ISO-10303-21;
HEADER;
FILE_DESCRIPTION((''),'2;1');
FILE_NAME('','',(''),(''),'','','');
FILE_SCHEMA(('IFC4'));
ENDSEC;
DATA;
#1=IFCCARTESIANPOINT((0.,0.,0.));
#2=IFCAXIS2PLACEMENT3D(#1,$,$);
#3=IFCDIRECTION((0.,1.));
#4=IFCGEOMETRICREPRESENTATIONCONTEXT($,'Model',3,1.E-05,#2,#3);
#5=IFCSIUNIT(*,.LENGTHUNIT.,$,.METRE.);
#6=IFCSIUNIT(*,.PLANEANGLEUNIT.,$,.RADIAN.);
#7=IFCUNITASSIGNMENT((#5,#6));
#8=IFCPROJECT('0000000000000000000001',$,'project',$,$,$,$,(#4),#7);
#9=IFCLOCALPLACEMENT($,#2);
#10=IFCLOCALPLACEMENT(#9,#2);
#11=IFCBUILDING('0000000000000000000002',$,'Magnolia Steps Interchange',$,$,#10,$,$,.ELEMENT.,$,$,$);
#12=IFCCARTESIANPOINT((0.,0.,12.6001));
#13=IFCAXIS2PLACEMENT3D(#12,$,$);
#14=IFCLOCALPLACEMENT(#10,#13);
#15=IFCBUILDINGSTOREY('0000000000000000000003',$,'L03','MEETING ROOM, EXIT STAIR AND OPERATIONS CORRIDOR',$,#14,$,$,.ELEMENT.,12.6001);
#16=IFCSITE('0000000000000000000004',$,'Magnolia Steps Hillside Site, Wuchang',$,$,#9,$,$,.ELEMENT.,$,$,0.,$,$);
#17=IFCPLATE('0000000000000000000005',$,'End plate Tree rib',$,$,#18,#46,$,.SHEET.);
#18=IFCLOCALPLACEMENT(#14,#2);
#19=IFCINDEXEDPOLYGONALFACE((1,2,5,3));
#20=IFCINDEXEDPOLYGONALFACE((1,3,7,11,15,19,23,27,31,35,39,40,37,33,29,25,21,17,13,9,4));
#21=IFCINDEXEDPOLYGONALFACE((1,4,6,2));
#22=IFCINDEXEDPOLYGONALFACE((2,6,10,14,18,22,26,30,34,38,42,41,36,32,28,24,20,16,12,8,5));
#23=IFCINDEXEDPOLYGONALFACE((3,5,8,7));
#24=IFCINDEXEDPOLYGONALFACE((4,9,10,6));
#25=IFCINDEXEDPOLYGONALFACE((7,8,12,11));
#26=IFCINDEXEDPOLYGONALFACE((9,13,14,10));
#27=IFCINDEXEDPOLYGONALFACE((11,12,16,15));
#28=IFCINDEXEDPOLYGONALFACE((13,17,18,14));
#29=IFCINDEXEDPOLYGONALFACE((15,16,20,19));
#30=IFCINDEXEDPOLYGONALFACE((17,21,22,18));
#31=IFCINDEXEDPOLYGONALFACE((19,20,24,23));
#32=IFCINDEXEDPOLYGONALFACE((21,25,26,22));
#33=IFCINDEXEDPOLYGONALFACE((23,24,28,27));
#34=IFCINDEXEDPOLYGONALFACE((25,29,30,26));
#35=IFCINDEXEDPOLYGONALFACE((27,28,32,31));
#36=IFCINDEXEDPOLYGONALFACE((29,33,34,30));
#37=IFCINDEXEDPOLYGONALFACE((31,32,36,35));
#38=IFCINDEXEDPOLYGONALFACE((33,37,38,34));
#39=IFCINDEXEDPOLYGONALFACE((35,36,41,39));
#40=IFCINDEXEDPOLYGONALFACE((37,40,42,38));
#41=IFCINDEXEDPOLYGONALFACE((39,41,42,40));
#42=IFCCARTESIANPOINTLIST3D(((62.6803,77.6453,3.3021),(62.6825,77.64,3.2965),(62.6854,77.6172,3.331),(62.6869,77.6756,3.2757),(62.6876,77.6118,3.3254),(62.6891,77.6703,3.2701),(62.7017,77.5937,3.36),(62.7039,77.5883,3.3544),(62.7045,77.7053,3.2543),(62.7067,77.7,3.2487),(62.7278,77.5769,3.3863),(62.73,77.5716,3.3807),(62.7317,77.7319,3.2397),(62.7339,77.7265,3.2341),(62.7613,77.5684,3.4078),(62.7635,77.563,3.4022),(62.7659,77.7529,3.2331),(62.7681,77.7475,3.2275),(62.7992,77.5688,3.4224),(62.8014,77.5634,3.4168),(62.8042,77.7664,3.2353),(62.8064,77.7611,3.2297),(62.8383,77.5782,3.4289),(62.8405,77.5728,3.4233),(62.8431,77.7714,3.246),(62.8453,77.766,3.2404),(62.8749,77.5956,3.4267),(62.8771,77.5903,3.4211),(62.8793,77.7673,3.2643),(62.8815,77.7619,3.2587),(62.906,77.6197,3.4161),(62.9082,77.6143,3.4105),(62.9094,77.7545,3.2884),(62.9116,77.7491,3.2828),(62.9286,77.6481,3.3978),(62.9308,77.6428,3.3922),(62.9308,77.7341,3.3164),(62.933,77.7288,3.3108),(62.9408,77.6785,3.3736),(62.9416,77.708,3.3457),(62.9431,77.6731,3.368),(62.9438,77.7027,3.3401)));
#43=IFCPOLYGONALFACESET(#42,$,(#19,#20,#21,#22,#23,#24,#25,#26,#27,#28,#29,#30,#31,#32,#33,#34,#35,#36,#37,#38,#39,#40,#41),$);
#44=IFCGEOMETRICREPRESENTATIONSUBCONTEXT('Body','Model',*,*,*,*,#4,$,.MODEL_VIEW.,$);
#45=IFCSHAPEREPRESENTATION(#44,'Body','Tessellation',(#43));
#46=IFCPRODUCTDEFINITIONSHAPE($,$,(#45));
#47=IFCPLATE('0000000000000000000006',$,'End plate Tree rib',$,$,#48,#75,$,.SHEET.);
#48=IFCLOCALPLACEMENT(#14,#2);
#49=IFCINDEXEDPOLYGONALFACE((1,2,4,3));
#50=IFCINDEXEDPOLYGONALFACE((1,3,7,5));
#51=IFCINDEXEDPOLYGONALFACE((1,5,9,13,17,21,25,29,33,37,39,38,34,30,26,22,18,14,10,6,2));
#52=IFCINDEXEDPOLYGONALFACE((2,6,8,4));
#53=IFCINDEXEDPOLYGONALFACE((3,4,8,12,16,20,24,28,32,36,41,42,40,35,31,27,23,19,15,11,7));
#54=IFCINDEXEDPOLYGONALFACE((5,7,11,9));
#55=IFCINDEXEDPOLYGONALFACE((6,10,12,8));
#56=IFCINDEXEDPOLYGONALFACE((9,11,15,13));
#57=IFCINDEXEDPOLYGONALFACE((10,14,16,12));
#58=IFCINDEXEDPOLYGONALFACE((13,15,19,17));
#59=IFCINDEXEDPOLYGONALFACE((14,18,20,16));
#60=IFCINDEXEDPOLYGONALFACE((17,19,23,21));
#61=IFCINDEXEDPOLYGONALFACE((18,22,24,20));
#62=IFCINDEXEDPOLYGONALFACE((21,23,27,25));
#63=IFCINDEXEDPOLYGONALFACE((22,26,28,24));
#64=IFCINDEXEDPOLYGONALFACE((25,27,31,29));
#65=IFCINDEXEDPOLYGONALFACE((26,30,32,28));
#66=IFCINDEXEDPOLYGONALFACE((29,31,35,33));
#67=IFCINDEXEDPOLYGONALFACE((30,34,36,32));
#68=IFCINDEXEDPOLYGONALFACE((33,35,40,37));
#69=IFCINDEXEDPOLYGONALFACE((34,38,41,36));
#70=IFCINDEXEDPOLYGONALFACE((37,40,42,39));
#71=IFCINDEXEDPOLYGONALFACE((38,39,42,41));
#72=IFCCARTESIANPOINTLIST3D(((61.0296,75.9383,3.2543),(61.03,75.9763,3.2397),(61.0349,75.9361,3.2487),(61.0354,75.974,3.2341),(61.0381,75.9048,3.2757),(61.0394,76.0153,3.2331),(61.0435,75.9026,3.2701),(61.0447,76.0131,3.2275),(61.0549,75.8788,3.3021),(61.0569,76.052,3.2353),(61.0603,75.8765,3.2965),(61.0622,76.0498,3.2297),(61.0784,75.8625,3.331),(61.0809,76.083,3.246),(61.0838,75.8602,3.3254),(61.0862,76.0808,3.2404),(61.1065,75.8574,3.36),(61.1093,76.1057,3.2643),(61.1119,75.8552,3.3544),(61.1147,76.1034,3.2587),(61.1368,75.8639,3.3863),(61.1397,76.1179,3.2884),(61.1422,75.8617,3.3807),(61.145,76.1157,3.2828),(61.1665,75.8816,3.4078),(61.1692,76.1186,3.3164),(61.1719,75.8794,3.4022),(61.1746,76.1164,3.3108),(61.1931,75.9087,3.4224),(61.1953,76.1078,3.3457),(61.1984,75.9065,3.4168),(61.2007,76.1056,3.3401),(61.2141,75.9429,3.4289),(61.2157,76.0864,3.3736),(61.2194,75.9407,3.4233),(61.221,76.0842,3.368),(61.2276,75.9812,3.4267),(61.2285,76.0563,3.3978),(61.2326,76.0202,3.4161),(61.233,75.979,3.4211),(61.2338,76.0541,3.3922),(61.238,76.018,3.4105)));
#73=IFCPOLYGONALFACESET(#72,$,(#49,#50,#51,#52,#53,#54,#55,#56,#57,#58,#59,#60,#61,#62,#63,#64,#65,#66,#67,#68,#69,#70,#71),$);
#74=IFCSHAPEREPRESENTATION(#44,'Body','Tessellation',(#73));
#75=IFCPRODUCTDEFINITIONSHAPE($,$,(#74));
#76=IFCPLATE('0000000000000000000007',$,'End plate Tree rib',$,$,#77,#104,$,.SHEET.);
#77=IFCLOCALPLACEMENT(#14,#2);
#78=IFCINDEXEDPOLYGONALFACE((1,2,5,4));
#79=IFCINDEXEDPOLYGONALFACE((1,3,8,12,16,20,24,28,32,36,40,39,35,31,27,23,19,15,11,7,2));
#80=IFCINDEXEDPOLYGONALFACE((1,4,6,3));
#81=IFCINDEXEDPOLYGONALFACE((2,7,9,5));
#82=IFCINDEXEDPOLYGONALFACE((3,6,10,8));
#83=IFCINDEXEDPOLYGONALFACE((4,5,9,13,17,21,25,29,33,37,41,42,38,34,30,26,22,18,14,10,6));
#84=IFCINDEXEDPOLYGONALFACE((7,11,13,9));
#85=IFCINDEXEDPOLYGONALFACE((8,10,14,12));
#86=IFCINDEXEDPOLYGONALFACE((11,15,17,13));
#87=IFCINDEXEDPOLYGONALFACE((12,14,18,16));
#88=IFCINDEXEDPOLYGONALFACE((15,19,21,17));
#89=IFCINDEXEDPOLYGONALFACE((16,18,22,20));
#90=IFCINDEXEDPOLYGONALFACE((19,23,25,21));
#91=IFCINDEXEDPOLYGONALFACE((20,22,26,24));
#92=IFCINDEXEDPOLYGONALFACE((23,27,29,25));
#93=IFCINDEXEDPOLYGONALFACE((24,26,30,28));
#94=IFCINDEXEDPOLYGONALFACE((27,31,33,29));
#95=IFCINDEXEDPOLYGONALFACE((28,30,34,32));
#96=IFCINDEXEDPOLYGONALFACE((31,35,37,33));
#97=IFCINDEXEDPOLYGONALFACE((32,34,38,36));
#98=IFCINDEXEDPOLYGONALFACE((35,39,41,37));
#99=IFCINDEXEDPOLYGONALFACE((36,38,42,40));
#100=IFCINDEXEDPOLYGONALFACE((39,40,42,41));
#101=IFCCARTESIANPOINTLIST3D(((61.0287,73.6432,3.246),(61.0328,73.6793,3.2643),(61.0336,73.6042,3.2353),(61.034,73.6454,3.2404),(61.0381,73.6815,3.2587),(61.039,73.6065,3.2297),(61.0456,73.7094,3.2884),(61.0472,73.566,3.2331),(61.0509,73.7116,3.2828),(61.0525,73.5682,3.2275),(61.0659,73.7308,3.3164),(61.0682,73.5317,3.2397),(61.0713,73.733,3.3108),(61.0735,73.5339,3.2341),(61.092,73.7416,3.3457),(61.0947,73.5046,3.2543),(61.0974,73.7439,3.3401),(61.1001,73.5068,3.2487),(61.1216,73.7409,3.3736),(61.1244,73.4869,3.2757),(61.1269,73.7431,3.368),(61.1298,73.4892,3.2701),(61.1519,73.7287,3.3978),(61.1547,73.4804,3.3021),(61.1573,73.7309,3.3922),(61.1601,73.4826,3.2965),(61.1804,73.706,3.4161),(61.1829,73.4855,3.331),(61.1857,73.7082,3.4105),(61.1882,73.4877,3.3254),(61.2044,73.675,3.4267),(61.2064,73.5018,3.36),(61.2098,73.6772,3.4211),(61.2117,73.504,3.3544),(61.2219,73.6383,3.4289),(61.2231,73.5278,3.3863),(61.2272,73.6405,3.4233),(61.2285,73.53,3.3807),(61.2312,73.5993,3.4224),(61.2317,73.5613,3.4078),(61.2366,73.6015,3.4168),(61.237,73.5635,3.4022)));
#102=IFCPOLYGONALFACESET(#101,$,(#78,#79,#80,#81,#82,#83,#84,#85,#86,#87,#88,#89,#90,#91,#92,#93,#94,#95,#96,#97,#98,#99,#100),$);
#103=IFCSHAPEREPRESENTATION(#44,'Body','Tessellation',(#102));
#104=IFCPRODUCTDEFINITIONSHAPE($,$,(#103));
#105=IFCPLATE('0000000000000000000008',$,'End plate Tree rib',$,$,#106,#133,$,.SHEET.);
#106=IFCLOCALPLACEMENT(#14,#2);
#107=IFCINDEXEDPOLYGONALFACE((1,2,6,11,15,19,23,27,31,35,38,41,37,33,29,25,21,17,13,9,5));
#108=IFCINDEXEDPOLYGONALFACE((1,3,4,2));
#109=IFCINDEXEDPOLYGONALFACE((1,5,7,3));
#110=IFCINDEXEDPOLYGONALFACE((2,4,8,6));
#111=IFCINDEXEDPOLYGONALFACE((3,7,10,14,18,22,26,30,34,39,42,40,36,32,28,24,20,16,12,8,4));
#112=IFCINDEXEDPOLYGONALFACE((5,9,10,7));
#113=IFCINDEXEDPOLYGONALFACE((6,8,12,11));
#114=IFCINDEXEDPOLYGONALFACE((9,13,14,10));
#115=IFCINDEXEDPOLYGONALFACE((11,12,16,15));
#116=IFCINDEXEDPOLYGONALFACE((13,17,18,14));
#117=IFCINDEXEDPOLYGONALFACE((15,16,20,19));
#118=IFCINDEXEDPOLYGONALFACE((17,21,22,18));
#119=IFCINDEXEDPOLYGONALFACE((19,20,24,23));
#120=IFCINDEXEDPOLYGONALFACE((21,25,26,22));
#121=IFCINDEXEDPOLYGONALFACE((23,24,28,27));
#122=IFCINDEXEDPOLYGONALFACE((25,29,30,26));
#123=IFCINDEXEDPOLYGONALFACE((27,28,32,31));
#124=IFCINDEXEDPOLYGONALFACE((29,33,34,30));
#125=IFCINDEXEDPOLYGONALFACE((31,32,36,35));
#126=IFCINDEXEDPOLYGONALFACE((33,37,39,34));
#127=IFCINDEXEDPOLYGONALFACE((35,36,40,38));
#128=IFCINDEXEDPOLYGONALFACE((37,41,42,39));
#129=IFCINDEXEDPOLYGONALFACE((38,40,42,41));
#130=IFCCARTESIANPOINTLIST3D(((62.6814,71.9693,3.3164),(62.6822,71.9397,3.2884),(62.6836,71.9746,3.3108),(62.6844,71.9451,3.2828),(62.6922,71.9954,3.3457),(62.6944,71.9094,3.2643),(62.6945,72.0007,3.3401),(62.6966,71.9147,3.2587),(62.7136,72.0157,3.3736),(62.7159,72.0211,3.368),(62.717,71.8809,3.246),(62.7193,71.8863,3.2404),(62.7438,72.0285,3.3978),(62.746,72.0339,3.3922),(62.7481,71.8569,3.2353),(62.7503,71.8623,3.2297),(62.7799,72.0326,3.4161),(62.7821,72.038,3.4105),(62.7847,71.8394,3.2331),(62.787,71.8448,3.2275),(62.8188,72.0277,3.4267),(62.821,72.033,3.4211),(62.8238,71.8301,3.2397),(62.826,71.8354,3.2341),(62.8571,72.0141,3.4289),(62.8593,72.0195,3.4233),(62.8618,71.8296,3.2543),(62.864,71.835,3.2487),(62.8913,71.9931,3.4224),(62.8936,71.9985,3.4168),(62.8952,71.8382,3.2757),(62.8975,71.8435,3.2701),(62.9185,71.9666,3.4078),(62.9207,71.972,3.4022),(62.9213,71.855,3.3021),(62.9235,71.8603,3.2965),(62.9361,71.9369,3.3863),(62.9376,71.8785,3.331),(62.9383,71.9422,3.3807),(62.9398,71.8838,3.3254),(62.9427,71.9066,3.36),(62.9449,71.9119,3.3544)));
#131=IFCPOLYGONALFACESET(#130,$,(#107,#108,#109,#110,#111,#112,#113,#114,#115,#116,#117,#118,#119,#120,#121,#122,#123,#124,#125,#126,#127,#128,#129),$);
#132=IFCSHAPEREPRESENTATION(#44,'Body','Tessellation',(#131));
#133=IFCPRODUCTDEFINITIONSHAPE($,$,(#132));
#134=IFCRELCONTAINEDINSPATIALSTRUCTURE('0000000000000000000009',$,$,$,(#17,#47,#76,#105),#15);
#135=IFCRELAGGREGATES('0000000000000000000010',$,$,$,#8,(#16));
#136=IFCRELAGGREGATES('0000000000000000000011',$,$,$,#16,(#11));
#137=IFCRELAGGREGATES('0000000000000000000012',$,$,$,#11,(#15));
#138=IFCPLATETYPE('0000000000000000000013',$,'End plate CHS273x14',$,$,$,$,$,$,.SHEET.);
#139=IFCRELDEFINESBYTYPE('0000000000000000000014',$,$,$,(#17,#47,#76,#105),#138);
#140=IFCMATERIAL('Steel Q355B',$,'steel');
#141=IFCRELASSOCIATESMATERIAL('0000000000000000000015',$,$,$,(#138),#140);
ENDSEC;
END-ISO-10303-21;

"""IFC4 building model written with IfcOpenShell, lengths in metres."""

from ifc_helpers import new_model, si_unit, direction, frame, origin, origin_2d, place, context, subcontext, project, spatial, circle, extrude, material, material_profile, profile_set, type_object, element, save


model = new_model("IFC4")

# Units and contexts
model_context = context("Model", 3, precision=1e-05, world=origin(), true_north=direction((0.0, 1.0)))
body_context = subcontext(model_context, "Body", "Model", "MODEL_VIEW")
ifc_project = project(units=[si_unit("LENGTHUNIT", "METRE"), si_unit("PLANEANGLEUNIT", "RADIAN")], contexts=[model_context])

# Site, building, storey
site_placement = place(None, origin())
site = spatial("IfcSite", under=ifc_project, at=site_placement, Name="Magnolia Steps Hillside Site, Wuchang", CompositionType="ELEMENT", RefElevation=0.0)
building_placement = place(site_placement, origin())
building = spatial("IfcBuilding", under=site, at=building_placement, Name="Magnolia Steps Interchange", CompositionType="ELEMENT")
storey_placement = place(building_placement, frame((0.0, 0.0, 12.6001)))
storey = spatial("IfcBuildingStorey", under=building, at=storey_placement, Name="L03", Description="MEETING ROOM, EXIT STAIR AND OPERATIONS CORRIDOR", CompositionType="ELEMENT", Elevation=12.6001)

# Plates
ifc_material_1 = material(Name="Steel Q355B", Category="steel")
ifc_material_profile_1 = material_profile(ifc_material_1, circle(Radius=0.1365, at=origin_2d()), Name="End plate CHS273x14")
ifc_profile_set_1 = profile_set([ifc_material_profile_1], Name="Steel Q355B")
plate_type_1 = type_object("IfcPlateType", Name="End plate CHS273x14", PredefinedType="SHEET", material=ifc_profile_set_1)
for number, where, z_axis, x_axis, name in (
    (1, (62.8137, 77.6641, 3.3254), (-0.275279, 0.664583, 0.694658), (-0.92388, -0.382683, 0.0), "End plate Tree rib"),
    (2, (61.136, 75.9863, 3.3254), (-0.664583, 0.275279, 0.694658), (-0.382683, -0.92388, 0.0), "End plate Tree rib"),
    (3, (61.136, 73.6138, 3.3254), (-0.664583, -0.275279, 0.694658), (0.382683, -0.92388, 0.0), "End plate Tree rib"),
    (4, (62.8137, 71.936, 3.3254), (-0.275279, -0.664583, 0.694658), (0.92388, -0.382683, 0.0), "End plate Tree rib"),
):
    element("IfcPlate", number, at=place(storey_placement, frame(where, z_axis=z_axis, x_axis=x_axis)), inside=storey, type_object=plate_type_1, Name=name, PredefinedType="SHEET", context=body_context, shape_type="SweptSolid", body=[
        extrude(circle(Radius=0.1365, at=origin_2d()), origin(), (0.0, 0.0, 1.0), 0.0081),
    ])

save(model, "model.ifc")
